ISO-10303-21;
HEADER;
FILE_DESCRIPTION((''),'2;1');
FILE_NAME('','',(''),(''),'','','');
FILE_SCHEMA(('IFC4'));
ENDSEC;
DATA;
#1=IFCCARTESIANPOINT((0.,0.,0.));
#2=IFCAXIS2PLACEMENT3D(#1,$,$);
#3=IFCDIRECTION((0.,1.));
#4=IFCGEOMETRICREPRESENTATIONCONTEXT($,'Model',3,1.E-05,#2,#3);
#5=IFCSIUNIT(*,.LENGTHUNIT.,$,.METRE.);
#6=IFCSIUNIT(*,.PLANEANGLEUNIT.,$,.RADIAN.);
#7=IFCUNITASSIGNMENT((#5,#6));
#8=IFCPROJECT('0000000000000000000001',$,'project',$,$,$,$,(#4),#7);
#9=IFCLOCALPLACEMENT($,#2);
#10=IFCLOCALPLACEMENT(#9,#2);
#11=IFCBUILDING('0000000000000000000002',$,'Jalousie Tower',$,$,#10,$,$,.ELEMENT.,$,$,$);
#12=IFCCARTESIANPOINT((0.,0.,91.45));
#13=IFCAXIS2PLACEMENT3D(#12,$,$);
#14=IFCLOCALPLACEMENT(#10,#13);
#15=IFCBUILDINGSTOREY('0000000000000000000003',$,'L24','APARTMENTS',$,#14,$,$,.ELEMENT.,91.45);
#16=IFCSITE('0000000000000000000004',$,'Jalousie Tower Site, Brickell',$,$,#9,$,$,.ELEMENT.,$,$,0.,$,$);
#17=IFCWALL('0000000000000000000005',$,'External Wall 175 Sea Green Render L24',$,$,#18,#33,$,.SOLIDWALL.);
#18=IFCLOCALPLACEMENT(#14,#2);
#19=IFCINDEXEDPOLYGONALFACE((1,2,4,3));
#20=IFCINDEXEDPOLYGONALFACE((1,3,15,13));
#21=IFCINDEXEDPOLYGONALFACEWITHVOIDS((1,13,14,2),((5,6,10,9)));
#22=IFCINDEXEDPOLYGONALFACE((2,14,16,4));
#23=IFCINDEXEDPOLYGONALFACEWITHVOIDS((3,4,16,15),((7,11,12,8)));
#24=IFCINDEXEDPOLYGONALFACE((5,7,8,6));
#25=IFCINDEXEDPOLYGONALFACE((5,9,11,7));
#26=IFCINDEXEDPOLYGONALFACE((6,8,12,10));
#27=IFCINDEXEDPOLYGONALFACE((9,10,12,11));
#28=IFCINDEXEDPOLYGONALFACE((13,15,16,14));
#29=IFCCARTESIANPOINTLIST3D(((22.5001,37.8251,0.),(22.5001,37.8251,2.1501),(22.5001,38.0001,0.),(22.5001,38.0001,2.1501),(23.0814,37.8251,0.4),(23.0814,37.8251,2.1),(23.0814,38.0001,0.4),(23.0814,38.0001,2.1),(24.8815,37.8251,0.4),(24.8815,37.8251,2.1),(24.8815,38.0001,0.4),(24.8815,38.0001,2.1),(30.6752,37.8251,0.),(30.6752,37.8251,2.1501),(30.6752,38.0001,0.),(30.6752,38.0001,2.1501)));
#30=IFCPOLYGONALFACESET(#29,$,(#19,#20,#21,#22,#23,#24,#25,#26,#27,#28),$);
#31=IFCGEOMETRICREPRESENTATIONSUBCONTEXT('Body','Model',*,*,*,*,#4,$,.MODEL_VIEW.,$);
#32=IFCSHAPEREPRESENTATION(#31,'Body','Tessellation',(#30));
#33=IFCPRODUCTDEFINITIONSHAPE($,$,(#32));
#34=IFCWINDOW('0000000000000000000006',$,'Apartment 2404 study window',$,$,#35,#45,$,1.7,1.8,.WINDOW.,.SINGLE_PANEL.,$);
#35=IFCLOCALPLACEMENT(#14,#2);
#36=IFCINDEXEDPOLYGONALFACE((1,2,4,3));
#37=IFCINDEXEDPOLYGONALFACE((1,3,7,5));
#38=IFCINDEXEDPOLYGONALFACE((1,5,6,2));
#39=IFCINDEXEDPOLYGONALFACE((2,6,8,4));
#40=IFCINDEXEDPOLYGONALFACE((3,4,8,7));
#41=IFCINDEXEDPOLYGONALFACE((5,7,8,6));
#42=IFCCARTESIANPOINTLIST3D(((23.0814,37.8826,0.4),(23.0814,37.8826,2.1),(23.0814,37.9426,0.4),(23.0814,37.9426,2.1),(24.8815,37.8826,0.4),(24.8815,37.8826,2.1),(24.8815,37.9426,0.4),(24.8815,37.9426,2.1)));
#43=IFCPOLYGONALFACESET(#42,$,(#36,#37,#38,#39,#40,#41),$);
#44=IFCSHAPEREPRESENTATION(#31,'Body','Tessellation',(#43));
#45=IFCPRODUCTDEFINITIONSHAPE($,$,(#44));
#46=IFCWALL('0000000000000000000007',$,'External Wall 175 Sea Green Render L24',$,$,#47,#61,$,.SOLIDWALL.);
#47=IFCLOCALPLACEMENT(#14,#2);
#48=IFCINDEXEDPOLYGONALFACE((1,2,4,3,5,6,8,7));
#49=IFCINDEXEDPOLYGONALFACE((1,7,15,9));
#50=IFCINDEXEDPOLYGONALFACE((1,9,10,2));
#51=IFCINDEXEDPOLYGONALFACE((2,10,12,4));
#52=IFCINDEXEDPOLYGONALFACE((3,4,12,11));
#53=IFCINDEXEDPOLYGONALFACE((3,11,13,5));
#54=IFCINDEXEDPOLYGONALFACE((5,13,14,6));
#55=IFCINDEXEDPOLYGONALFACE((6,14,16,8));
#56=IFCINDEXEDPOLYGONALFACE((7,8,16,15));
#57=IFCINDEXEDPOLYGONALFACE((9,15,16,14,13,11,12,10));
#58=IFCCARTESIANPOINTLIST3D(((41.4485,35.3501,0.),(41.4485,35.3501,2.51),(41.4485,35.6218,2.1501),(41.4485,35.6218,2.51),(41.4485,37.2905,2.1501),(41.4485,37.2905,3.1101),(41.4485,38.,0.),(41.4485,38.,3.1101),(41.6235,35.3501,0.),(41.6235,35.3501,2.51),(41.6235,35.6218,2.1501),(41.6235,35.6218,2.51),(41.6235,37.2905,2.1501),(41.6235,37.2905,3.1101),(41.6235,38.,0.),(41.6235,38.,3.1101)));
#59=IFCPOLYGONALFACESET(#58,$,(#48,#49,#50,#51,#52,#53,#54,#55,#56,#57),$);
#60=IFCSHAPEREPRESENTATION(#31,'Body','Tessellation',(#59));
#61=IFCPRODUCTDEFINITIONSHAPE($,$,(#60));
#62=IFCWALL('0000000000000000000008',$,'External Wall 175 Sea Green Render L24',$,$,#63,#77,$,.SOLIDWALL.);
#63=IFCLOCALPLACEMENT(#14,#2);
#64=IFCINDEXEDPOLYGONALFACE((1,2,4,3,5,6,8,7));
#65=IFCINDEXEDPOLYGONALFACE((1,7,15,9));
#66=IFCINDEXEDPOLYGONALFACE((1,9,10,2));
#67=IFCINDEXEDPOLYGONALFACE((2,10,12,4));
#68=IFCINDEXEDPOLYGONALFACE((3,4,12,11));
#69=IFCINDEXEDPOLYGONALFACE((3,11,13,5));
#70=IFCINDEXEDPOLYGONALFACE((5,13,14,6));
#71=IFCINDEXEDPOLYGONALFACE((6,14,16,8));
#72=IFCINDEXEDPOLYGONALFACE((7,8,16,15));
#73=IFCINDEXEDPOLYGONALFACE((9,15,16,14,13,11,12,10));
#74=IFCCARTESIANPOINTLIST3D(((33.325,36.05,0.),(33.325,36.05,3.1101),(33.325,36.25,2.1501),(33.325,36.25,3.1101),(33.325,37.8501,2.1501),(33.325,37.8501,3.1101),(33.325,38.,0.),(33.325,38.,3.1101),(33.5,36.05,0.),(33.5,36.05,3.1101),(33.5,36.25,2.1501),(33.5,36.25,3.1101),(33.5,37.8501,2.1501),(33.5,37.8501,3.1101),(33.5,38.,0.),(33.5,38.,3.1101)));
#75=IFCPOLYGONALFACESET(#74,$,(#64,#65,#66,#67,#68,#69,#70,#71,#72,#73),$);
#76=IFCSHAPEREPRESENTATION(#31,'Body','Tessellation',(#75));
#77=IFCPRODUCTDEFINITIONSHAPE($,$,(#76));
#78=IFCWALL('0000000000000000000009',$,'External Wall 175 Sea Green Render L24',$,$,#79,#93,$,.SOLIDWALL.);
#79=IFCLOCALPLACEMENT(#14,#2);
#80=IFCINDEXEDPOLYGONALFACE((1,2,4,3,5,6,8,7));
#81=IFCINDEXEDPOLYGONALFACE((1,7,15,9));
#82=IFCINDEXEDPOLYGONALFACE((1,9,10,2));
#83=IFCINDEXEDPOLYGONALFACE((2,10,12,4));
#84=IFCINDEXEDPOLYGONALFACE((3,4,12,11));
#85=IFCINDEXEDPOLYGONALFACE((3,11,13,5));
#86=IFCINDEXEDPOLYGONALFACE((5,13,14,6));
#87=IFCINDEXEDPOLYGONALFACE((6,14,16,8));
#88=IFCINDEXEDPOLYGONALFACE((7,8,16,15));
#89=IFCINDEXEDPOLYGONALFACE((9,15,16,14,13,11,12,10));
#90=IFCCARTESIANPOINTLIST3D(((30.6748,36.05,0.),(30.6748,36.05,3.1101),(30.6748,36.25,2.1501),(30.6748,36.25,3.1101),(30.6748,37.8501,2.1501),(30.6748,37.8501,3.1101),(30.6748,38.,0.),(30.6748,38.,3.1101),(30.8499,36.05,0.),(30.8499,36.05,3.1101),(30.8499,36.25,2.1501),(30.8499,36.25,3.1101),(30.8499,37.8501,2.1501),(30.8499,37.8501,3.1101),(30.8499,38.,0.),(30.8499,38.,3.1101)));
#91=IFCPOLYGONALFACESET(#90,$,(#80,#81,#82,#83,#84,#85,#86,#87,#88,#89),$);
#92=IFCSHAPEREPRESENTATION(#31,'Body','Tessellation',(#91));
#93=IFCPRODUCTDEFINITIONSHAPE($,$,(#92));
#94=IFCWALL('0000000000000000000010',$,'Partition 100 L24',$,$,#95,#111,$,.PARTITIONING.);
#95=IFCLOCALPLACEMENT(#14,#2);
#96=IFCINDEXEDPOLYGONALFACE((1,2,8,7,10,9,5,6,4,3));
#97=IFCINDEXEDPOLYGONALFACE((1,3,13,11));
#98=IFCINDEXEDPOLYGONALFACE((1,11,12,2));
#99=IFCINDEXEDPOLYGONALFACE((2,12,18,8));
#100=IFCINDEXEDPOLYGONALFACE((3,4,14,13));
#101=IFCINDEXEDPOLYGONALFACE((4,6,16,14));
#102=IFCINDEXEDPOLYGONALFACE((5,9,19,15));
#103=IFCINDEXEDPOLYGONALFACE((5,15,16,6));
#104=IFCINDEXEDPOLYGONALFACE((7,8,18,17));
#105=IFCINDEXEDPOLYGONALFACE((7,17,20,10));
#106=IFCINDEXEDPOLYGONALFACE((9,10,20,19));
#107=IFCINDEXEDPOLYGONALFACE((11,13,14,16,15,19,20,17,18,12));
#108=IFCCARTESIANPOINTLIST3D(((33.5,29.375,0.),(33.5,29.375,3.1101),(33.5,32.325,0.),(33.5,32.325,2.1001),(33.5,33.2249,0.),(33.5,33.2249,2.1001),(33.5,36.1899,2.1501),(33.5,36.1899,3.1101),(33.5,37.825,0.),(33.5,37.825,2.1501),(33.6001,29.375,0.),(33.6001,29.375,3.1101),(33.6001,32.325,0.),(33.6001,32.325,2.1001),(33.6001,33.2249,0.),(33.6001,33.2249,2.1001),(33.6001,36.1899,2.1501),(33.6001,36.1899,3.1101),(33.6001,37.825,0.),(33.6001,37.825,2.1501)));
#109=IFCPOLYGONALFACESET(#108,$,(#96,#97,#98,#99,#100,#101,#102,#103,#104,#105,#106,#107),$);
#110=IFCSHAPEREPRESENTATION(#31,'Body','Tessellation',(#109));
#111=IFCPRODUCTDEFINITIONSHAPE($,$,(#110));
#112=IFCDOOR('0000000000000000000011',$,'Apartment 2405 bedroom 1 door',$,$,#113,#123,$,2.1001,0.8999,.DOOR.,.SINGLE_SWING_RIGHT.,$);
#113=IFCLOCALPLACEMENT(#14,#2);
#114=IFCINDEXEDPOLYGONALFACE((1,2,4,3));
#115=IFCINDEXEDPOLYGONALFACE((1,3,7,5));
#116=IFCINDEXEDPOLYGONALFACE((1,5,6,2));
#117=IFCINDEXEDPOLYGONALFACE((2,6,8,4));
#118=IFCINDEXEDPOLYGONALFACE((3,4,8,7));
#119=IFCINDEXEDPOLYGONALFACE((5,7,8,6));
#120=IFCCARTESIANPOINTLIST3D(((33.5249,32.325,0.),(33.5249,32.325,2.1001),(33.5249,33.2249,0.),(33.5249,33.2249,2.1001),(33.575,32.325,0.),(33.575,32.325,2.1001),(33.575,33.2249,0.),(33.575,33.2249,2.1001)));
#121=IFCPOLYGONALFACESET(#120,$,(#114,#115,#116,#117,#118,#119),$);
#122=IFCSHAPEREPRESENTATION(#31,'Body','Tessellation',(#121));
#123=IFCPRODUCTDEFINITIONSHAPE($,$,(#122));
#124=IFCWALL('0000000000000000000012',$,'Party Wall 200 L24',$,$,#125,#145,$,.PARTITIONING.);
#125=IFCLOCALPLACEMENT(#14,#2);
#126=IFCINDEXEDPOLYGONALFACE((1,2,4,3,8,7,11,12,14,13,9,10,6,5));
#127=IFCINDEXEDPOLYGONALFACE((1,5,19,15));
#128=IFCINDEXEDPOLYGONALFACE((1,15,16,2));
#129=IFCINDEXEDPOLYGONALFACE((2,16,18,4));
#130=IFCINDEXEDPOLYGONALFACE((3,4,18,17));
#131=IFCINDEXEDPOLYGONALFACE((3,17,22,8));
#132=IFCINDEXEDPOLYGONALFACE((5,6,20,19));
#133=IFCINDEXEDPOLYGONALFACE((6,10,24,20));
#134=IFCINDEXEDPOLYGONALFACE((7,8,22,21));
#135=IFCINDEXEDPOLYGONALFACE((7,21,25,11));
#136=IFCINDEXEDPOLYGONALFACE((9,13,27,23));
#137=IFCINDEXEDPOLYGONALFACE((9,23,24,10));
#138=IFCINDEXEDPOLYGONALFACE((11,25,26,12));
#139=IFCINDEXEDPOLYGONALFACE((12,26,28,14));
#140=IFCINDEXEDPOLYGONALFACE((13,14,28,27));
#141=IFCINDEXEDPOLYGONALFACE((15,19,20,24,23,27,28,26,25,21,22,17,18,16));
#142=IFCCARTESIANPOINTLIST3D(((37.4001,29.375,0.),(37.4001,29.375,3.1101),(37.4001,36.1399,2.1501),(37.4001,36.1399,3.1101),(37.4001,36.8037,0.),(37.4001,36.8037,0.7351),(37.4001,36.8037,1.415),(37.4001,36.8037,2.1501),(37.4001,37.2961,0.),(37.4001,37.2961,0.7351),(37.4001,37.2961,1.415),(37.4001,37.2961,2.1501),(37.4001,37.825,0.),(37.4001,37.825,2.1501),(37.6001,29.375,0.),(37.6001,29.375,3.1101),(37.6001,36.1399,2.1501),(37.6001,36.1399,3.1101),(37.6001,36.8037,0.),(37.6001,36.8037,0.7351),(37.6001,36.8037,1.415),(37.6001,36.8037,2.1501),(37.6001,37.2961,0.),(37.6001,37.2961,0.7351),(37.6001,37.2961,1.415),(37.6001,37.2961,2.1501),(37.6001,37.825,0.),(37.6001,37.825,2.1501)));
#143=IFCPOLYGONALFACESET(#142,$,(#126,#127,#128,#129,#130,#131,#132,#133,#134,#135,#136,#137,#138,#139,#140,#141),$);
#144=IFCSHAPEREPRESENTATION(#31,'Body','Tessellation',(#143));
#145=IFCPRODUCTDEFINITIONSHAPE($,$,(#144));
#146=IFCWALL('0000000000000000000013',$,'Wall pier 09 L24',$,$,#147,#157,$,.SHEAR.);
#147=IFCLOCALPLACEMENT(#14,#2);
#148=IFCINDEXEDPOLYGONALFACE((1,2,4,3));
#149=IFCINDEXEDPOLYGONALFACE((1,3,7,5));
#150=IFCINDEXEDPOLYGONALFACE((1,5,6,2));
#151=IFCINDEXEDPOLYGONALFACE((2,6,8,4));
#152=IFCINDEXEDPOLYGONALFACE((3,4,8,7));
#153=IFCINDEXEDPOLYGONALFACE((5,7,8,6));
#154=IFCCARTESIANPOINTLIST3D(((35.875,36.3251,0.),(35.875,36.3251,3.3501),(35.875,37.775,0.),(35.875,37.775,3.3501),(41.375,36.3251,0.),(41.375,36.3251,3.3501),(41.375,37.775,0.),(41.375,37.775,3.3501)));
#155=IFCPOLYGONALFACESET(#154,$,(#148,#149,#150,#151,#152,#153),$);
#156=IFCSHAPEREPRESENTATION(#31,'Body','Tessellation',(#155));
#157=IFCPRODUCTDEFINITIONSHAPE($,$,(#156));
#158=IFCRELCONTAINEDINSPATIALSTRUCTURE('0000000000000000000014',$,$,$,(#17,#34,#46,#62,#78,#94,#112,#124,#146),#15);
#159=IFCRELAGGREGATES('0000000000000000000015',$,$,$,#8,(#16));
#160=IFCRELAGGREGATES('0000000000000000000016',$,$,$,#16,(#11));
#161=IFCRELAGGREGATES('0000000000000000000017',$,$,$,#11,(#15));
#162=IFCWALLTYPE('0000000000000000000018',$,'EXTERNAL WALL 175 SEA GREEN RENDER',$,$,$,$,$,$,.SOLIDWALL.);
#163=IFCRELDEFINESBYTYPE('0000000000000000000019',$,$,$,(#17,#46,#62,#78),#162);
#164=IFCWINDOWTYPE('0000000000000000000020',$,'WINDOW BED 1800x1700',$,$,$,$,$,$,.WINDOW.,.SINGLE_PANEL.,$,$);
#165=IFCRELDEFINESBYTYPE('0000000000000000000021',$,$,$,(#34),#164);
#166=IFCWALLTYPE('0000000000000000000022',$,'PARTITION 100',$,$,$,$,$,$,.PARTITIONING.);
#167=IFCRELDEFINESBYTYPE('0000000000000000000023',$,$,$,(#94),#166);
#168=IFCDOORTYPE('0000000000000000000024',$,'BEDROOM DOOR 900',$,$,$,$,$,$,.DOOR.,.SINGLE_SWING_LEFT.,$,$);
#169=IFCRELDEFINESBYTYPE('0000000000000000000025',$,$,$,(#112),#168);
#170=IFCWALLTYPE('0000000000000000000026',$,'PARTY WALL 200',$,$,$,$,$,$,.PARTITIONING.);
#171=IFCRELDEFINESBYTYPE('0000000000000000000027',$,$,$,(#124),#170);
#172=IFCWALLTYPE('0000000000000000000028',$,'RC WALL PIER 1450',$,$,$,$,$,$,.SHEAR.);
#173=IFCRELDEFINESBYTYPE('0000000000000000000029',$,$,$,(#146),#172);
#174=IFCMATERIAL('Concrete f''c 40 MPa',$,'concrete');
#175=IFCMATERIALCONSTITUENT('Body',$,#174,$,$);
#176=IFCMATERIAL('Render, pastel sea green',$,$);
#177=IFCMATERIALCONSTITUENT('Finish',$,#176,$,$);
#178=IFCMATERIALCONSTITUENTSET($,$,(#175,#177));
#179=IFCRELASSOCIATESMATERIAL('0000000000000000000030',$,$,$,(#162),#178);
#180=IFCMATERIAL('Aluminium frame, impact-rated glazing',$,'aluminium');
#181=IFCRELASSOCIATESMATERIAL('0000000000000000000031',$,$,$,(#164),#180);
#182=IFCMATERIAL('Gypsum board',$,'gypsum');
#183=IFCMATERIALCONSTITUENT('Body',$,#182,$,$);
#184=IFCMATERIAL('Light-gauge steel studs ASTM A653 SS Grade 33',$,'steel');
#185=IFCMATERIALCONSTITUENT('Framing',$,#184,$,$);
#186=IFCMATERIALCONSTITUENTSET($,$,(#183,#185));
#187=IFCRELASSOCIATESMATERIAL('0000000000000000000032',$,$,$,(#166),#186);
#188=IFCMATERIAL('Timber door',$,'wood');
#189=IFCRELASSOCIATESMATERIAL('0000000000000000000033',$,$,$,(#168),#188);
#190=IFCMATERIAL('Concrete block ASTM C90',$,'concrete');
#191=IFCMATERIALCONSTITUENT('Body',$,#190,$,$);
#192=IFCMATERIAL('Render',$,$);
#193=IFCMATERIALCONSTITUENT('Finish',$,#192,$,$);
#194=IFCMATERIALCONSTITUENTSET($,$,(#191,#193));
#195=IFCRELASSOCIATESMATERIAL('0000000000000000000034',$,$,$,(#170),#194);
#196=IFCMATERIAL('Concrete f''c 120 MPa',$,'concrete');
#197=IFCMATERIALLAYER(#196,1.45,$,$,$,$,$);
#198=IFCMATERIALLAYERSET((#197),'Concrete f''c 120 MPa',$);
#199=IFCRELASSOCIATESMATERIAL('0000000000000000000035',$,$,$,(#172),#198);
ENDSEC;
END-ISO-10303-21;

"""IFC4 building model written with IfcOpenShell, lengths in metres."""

from ifc_helpers import new_model, si_unit, direction, frame, frame_2d, origin, place, context, subcontext, project, spatial, polyline, rectangle, outline, extrude, material, layer, layer_set, constituent, constituent_set, type_object, element, fill, save


model = new_model("IFC4")

# Units and contexts
model_context = context("Model", 3, precision=1e-05, world=origin(), true_north=direction((0.0, 1.0)))
body_context = subcontext(model_context, "Body", "Model", "MODEL_VIEW")
ifc_project = project(units=[si_unit("LENGTHUNIT", "METRE"), si_unit("PLANEANGLEUNIT", "RADIAN")], contexts=[model_context])

# Site, building, storey
site_placement = place(None, origin())
site = spatial("IfcSite", under=ifc_project, at=site_placement, Name="Jalousie Tower Site, Brickell", CompositionType="ELEMENT", RefElevation=0.0)
building_placement = place(site_placement, origin())
building = spatial("IfcBuilding", under=site, at=building_placement, Name="Jalousie Tower", CompositionType="ELEMENT")
storey_placement = place(building_placement, frame((0.0, 0.0, 91.45)))
storey = spatial("IfcBuildingStorey", under=building, at=storey_placement, Name="L24", Description="APARTMENTS", CompositionType="ELEMENT", Elevation=91.45)

# Wall, opening, window
ifc_material_1 = material(Name="Concrete f'c 40 MPa", Category="concrete")
ifc_constituent_1 = constituent(ifc_material_1, Name="Body")
ifc_material_2 = material(Name="Render, pastel sea green")
ifc_constituent_2 = constituent(ifc_material_2, Name="Finish")
ifc_constituent_set_1 = constituent_set(constituents=[ifc_constituent_1, ifc_constituent_2])
wall_type_1 = type_object("IfcWallType", Name="EXTERNAL WALL 175 SEA GREEN RENDER", PredefinedType="SOLIDWALL", material=ifc_constituent_set_1)
ifc_material_3 = material(Name="Aluminium frame, impact-rated glazing", Category="aluminium")
window_type = type_object("IfcWindowType", Name="WINDOW BED 1800x1700", PartitioningType="SINGLE_PANEL", PredefinedType="WINDOW", material=ifc_material_3)
wall_1_placement = place(storey_placement, frame((30.675, 37.9126, 0.0), z_axis=(0.0, 0.0, 1.0), x_axis=(-1.0, 0.0, 0.0)))
wall_1 = element("IfcWall", 1, at=wall_1_placement, inside=storey, type_object=wall_type_1, Name="External Wall 175 Sea Green Render L24", PredefinedType="SOLIDWALL", context=body_context, shape_type="SweptSolid", body=[
    extrude(rectangle(XDim=8.175, YDim=0.175, at=frame_2d((4.0874, 0.0))), origin(), (0.0, 0.0, 1.0), 2.1501),
])
opening_1_placement = place(wall_1_placement, frame((5.7937, 0.0, 0.3999)))
opening_1 = element("IfcOpeningElement", 2, at=opening_1_placement, cuts=wall_1, PredefinedType="OPENING", context=body_context, shape_type="SweptSolid", body=[
    extrude(rectangle(XDim=1.8, YDim=1.7, at=frame_2d((0.8999, 0.8501))), frame((0.0, 0.0974, 0.0), z_axis=(0.0, -1.0, 0.0), x_axis=(1.0, 0.0, 0.0)), (0.0, 0.0, 1.0), 0.1951),
])
window_1_placement = place(opening_1_placement, origin())
window_1 = element("IfcWindow", 3, at=window_1_placement, inside=storey, type_object=window_type, Name="Apartment 2404 study window", OverallHeight=1.7, OverallWidth=1.8, PartitioningType="SINGLE_PANEL", PredefinedType="WINDOW", context=body_context, shape_type="SweptSolid", body=[
    extrude(rectangle(XDim=1.8, YDim=1.7, at=frame_2d((0.8999, 0.8501))), frame((0.0, 0.03, 0.0), z_axis=(0.0, -1.0, 0.0), x_axis=(1.0, 0.0, 0.0)), (0.0, 0.0, 1.0), 0.0601),
])
fill(opening_1, window_1)

# Walls
wall_2_placement = place(storey_placement, frame((41.5361, 38.0, 0.0), z_axis=(0.0, 0.0, 1.0), x_axis=(0.0, -1.0, 0.0)))
element("IfcWall", 4, at=wall_2_placement, inside=storey, type_object=wall_type_1, Name="External Wall 175 Sea Green Render L24", PredefinedType="SOLIDWALL", context=body_context, shape_type="SweptSolid", body=[
    extrude(outline(polyline([(0.0, 0.0), (2.6499, 0.0), (2.6499, 2.51), (2.3782, 2.51), (2.3782, 2.1501), (0.7095, 2.1501), (0.7095, 3.1101), (0.0, 3.1101), (0.0, 0.0)])), frame((0.0, 0.0874, 0.0), z_axis=(0.0, -1.0, 0.0), x_axis=(1.0, 0.0, 0.0)), (0.0, 0.0, 1.0), 0.175),
])
for number, where, z_axis, x_axis, name in (
    (5, (33.4126, 38.0, 0.0), (0.0, 0.0, 1.0), (0.0, -1.0, 0.0), "External Wall 175 Sea Green Render L24"),
    (6, (30.7625, 38.0, 0.0), (0.0, 0.0, 1.0), (0.0, -1.0, 0.0), "External Wall 175 Sea Green Render L24"),
):
    element("IfcWall", number, at=place(storey_placement, frame(where, z_axis=z_axis, x_axis=x_axis)), inside=storey, type_object=wall_type_1, Name=name, PredefinedType="SOLIDWALL", context=body_context, shape_type="SweptSolid", body=[
        extrude(outline(polyline([(0.0, 0.0), (1.95, 0.0), (1.95, 3.1101), (1.75, 3.1101), (1.75, 2.1501), (0.1499, 2.1501), (0.1499, 3.1101), (0.0, 3.1101), (0.0, 0.0)])), frame((0.0, 0.0874, 0.0), z_axis=(0.0, -1.0, 0.0), x_axis=(1.0, 0.0, 0.0)), (0.0, 0.0, 1.0), 0.175),
    ])

# Wall, opening, door
ifc_material_4 = material(Name="Gypsum board", Category="gypsum")
ifc_constituent_3 = constituent(ifc_material_4, Name="Body")
ifc_material_5 = material(Name="Light-gauge steel studs ASTM A653 SS Grade 33", Category="steel")
ifc_constituent_4 = constituent(ifc_material_5, Name="Framing")
ifc_constituent_set_2 = constituent_set(constituents=[ifc_constituent_3, ifc_constituent_4])
wall_type_2 = type_object("IfcWallType", Name="PARTITION 100", PredefinedType="PARTITIONING", material=ifc_constituent_set_2)
wall_3_placement = place(storey_placement, frame((33.55, 37.825, 0.0), z_axis=(0.0, 0.0, 1.0), x_axis=(0.0, -1.0, 0.0)))
wall_3 = element("IfcWall", 7, at=wall_3_placement, inside=storey, type_object=wall_type_2, Name="Partition 100 L24", PredefinedType="PARTITIONING", context=body_context, shape_type="SweptSolid", body=[
    extrude(outline(polyline([(0.0, 0.0), (8.45, 0.0), (8.45, 3.1101), (1.635, 3.1101), (1.635, 2.1501), (0.0, 2.1501), (0.0, 3.1101), (0.0, 0.0)])), frame((0.0, 0.05, 0.0), z_axis=(0.0, -1.0, 0.0), x_axis=(1.0, 0.0, 0.0)), (0.0, 0.0, 1.0), 0.1001),
])
opening_2_placement = place(wall_3_placement, frame((4.6001, 0.0, 0.0)))
opening_2 = element("IfcOpeningElement", 8, at=opening_2_placement, cuts=wall_3, PredefinedType="OPENING", context=body_context, shape_type="SweptSolid", body=[
    extrude(rectangle(XDim=0.8999, YDim=2.1001, at=frame_2d((0.45, 1.05))), frame((0.0, 0.0601, 0.0), z_axis=(0.0, -1.0, 0.0), x_axis=(1.0, 0.0, 0.0)), (0.0, 0.0, 1.0), 0.1201),
])
ifc_material_6 = material(Name="Timber door", Category="wood")
door_type = type_object("IfcDoorType", Name="BEDROOM DOOR 900", OperationType="SINGLE_SWING_LEFT", PredefinedType="DOOR", material=ifc_material_6)
door_placement = place(opening_2_placement, origin())
door = element("IfcDoor", 9, at=door_placement, inside=storey, type_object=door_type, Name="Apartment 2405 bedroom 1 door", OperationType="SINGLE_SWING_RIGHT", OverallHeight=2.1001, OverallWidth=0.8999, PredefinedType="DOOR", context=body_context, shape_type="SweptSolid", body=[
    extrude(rectangle(XDim=0.8999, YDim=2.1001, at=frame_2d((0.45, 1.05))), frame((0.0, 0.0249, 0.0), z_axis=(0.0, -1.0, 0.0), x_axis=(1.0, 0.0, 0.0)), (0.0, 0.0, 1.0), 0.05),
])
fill(opening_2, door)

# Walls
ifc_material_7 = material(Name="Concrete block ASTM C90", Category="concrete")
ifc_constituent_5 = constituent(ifc_material_7, Name="Body")
ifc_material_8 = material(Name="Render")
ifc_constituent_6 = constituent(ifc_material_8, Name="Finish")
ifc_constituent_set_3 = constituent_set(constituents=[ifc_constituent_5, ifc_constituent_6])
wall_type_3 = type_object("IfcWallType", Name="PARTY WALL 200", PredefinedType="PARTITIONING", material=ifc_constituent_set_3)
wall_4_placement = place(storey_placement, frame((37.5, 37.825, 0.0), z_axis=(0.0, 0.0, 1.0), x_axis=(0.0, -1.0, 0.0)))
element("IfcWall", 10, at=wall_4_placement, inside=storey, type_object=wall_type_3, Name="Party Wall 200 L24", PredefinedType="PARTITIONING", context=body_context, shape_type="SweptSolid", body=[
    extrude(outline(polyline([(0.5288, 2.1501), (0.0, 2.1501), (0.0, 0.0), (0.5288, 0.0), (0.5288, 0.7351), (1.0212, 0.7351), (1.0212, 0.0), (8.45, 0.0), (8.45, 3.1101), (1.6851, 3.1101), (1.6851, 2.1501), (1.0212, 2.1501), (1.0212, 1.415), (0.5288, 1.415), (0.5288, 2.1501)])), frame((0.0, 0.1001, 0.0), z_axis=(0.0, -1.0, 0.0), x_axis=(1.0, 0.0, 0.0)), (0.0, 0.0, 1.0), 0.2),
])
ifc_material_9 = material(Name="Concrete f'c 120 MPa", Category="concrete")
ifc_layer_1 = layer(ifc_material_9, 1.45)
ifc_layer_set_1 = layer_set([ifc_layer_1], Name="Concrete f'c 120 MPa")
wall_type_4 = type_object("IfcWallType", Name="RC WALL PIER 1450", PredefinedType="SHEAR", material=ifc_layer_set_1)
wall_5_placement = place(storey_placement, frame((35.875, 37.05, 0.0), z_axis=(0.0, 0.0, 1.0), x_axis=(1.0, 0.0, 0.0)))
element("IfcWall", 11, at=wall_5_placement, inside=storey, type_object=wall_type_4, Name="Wall pier 09 L24", PredefinedType="SHEAR", context=body_context, shape_type="SweptSolid", body=[
    extrude(rectangle(XDim=5.5, YDim=1.45, at=frame_2d((2.75, 0.0))), origin(), (0.0, 0.0, 1.0), 3.3501),
])

save(model, "model.ifc")
